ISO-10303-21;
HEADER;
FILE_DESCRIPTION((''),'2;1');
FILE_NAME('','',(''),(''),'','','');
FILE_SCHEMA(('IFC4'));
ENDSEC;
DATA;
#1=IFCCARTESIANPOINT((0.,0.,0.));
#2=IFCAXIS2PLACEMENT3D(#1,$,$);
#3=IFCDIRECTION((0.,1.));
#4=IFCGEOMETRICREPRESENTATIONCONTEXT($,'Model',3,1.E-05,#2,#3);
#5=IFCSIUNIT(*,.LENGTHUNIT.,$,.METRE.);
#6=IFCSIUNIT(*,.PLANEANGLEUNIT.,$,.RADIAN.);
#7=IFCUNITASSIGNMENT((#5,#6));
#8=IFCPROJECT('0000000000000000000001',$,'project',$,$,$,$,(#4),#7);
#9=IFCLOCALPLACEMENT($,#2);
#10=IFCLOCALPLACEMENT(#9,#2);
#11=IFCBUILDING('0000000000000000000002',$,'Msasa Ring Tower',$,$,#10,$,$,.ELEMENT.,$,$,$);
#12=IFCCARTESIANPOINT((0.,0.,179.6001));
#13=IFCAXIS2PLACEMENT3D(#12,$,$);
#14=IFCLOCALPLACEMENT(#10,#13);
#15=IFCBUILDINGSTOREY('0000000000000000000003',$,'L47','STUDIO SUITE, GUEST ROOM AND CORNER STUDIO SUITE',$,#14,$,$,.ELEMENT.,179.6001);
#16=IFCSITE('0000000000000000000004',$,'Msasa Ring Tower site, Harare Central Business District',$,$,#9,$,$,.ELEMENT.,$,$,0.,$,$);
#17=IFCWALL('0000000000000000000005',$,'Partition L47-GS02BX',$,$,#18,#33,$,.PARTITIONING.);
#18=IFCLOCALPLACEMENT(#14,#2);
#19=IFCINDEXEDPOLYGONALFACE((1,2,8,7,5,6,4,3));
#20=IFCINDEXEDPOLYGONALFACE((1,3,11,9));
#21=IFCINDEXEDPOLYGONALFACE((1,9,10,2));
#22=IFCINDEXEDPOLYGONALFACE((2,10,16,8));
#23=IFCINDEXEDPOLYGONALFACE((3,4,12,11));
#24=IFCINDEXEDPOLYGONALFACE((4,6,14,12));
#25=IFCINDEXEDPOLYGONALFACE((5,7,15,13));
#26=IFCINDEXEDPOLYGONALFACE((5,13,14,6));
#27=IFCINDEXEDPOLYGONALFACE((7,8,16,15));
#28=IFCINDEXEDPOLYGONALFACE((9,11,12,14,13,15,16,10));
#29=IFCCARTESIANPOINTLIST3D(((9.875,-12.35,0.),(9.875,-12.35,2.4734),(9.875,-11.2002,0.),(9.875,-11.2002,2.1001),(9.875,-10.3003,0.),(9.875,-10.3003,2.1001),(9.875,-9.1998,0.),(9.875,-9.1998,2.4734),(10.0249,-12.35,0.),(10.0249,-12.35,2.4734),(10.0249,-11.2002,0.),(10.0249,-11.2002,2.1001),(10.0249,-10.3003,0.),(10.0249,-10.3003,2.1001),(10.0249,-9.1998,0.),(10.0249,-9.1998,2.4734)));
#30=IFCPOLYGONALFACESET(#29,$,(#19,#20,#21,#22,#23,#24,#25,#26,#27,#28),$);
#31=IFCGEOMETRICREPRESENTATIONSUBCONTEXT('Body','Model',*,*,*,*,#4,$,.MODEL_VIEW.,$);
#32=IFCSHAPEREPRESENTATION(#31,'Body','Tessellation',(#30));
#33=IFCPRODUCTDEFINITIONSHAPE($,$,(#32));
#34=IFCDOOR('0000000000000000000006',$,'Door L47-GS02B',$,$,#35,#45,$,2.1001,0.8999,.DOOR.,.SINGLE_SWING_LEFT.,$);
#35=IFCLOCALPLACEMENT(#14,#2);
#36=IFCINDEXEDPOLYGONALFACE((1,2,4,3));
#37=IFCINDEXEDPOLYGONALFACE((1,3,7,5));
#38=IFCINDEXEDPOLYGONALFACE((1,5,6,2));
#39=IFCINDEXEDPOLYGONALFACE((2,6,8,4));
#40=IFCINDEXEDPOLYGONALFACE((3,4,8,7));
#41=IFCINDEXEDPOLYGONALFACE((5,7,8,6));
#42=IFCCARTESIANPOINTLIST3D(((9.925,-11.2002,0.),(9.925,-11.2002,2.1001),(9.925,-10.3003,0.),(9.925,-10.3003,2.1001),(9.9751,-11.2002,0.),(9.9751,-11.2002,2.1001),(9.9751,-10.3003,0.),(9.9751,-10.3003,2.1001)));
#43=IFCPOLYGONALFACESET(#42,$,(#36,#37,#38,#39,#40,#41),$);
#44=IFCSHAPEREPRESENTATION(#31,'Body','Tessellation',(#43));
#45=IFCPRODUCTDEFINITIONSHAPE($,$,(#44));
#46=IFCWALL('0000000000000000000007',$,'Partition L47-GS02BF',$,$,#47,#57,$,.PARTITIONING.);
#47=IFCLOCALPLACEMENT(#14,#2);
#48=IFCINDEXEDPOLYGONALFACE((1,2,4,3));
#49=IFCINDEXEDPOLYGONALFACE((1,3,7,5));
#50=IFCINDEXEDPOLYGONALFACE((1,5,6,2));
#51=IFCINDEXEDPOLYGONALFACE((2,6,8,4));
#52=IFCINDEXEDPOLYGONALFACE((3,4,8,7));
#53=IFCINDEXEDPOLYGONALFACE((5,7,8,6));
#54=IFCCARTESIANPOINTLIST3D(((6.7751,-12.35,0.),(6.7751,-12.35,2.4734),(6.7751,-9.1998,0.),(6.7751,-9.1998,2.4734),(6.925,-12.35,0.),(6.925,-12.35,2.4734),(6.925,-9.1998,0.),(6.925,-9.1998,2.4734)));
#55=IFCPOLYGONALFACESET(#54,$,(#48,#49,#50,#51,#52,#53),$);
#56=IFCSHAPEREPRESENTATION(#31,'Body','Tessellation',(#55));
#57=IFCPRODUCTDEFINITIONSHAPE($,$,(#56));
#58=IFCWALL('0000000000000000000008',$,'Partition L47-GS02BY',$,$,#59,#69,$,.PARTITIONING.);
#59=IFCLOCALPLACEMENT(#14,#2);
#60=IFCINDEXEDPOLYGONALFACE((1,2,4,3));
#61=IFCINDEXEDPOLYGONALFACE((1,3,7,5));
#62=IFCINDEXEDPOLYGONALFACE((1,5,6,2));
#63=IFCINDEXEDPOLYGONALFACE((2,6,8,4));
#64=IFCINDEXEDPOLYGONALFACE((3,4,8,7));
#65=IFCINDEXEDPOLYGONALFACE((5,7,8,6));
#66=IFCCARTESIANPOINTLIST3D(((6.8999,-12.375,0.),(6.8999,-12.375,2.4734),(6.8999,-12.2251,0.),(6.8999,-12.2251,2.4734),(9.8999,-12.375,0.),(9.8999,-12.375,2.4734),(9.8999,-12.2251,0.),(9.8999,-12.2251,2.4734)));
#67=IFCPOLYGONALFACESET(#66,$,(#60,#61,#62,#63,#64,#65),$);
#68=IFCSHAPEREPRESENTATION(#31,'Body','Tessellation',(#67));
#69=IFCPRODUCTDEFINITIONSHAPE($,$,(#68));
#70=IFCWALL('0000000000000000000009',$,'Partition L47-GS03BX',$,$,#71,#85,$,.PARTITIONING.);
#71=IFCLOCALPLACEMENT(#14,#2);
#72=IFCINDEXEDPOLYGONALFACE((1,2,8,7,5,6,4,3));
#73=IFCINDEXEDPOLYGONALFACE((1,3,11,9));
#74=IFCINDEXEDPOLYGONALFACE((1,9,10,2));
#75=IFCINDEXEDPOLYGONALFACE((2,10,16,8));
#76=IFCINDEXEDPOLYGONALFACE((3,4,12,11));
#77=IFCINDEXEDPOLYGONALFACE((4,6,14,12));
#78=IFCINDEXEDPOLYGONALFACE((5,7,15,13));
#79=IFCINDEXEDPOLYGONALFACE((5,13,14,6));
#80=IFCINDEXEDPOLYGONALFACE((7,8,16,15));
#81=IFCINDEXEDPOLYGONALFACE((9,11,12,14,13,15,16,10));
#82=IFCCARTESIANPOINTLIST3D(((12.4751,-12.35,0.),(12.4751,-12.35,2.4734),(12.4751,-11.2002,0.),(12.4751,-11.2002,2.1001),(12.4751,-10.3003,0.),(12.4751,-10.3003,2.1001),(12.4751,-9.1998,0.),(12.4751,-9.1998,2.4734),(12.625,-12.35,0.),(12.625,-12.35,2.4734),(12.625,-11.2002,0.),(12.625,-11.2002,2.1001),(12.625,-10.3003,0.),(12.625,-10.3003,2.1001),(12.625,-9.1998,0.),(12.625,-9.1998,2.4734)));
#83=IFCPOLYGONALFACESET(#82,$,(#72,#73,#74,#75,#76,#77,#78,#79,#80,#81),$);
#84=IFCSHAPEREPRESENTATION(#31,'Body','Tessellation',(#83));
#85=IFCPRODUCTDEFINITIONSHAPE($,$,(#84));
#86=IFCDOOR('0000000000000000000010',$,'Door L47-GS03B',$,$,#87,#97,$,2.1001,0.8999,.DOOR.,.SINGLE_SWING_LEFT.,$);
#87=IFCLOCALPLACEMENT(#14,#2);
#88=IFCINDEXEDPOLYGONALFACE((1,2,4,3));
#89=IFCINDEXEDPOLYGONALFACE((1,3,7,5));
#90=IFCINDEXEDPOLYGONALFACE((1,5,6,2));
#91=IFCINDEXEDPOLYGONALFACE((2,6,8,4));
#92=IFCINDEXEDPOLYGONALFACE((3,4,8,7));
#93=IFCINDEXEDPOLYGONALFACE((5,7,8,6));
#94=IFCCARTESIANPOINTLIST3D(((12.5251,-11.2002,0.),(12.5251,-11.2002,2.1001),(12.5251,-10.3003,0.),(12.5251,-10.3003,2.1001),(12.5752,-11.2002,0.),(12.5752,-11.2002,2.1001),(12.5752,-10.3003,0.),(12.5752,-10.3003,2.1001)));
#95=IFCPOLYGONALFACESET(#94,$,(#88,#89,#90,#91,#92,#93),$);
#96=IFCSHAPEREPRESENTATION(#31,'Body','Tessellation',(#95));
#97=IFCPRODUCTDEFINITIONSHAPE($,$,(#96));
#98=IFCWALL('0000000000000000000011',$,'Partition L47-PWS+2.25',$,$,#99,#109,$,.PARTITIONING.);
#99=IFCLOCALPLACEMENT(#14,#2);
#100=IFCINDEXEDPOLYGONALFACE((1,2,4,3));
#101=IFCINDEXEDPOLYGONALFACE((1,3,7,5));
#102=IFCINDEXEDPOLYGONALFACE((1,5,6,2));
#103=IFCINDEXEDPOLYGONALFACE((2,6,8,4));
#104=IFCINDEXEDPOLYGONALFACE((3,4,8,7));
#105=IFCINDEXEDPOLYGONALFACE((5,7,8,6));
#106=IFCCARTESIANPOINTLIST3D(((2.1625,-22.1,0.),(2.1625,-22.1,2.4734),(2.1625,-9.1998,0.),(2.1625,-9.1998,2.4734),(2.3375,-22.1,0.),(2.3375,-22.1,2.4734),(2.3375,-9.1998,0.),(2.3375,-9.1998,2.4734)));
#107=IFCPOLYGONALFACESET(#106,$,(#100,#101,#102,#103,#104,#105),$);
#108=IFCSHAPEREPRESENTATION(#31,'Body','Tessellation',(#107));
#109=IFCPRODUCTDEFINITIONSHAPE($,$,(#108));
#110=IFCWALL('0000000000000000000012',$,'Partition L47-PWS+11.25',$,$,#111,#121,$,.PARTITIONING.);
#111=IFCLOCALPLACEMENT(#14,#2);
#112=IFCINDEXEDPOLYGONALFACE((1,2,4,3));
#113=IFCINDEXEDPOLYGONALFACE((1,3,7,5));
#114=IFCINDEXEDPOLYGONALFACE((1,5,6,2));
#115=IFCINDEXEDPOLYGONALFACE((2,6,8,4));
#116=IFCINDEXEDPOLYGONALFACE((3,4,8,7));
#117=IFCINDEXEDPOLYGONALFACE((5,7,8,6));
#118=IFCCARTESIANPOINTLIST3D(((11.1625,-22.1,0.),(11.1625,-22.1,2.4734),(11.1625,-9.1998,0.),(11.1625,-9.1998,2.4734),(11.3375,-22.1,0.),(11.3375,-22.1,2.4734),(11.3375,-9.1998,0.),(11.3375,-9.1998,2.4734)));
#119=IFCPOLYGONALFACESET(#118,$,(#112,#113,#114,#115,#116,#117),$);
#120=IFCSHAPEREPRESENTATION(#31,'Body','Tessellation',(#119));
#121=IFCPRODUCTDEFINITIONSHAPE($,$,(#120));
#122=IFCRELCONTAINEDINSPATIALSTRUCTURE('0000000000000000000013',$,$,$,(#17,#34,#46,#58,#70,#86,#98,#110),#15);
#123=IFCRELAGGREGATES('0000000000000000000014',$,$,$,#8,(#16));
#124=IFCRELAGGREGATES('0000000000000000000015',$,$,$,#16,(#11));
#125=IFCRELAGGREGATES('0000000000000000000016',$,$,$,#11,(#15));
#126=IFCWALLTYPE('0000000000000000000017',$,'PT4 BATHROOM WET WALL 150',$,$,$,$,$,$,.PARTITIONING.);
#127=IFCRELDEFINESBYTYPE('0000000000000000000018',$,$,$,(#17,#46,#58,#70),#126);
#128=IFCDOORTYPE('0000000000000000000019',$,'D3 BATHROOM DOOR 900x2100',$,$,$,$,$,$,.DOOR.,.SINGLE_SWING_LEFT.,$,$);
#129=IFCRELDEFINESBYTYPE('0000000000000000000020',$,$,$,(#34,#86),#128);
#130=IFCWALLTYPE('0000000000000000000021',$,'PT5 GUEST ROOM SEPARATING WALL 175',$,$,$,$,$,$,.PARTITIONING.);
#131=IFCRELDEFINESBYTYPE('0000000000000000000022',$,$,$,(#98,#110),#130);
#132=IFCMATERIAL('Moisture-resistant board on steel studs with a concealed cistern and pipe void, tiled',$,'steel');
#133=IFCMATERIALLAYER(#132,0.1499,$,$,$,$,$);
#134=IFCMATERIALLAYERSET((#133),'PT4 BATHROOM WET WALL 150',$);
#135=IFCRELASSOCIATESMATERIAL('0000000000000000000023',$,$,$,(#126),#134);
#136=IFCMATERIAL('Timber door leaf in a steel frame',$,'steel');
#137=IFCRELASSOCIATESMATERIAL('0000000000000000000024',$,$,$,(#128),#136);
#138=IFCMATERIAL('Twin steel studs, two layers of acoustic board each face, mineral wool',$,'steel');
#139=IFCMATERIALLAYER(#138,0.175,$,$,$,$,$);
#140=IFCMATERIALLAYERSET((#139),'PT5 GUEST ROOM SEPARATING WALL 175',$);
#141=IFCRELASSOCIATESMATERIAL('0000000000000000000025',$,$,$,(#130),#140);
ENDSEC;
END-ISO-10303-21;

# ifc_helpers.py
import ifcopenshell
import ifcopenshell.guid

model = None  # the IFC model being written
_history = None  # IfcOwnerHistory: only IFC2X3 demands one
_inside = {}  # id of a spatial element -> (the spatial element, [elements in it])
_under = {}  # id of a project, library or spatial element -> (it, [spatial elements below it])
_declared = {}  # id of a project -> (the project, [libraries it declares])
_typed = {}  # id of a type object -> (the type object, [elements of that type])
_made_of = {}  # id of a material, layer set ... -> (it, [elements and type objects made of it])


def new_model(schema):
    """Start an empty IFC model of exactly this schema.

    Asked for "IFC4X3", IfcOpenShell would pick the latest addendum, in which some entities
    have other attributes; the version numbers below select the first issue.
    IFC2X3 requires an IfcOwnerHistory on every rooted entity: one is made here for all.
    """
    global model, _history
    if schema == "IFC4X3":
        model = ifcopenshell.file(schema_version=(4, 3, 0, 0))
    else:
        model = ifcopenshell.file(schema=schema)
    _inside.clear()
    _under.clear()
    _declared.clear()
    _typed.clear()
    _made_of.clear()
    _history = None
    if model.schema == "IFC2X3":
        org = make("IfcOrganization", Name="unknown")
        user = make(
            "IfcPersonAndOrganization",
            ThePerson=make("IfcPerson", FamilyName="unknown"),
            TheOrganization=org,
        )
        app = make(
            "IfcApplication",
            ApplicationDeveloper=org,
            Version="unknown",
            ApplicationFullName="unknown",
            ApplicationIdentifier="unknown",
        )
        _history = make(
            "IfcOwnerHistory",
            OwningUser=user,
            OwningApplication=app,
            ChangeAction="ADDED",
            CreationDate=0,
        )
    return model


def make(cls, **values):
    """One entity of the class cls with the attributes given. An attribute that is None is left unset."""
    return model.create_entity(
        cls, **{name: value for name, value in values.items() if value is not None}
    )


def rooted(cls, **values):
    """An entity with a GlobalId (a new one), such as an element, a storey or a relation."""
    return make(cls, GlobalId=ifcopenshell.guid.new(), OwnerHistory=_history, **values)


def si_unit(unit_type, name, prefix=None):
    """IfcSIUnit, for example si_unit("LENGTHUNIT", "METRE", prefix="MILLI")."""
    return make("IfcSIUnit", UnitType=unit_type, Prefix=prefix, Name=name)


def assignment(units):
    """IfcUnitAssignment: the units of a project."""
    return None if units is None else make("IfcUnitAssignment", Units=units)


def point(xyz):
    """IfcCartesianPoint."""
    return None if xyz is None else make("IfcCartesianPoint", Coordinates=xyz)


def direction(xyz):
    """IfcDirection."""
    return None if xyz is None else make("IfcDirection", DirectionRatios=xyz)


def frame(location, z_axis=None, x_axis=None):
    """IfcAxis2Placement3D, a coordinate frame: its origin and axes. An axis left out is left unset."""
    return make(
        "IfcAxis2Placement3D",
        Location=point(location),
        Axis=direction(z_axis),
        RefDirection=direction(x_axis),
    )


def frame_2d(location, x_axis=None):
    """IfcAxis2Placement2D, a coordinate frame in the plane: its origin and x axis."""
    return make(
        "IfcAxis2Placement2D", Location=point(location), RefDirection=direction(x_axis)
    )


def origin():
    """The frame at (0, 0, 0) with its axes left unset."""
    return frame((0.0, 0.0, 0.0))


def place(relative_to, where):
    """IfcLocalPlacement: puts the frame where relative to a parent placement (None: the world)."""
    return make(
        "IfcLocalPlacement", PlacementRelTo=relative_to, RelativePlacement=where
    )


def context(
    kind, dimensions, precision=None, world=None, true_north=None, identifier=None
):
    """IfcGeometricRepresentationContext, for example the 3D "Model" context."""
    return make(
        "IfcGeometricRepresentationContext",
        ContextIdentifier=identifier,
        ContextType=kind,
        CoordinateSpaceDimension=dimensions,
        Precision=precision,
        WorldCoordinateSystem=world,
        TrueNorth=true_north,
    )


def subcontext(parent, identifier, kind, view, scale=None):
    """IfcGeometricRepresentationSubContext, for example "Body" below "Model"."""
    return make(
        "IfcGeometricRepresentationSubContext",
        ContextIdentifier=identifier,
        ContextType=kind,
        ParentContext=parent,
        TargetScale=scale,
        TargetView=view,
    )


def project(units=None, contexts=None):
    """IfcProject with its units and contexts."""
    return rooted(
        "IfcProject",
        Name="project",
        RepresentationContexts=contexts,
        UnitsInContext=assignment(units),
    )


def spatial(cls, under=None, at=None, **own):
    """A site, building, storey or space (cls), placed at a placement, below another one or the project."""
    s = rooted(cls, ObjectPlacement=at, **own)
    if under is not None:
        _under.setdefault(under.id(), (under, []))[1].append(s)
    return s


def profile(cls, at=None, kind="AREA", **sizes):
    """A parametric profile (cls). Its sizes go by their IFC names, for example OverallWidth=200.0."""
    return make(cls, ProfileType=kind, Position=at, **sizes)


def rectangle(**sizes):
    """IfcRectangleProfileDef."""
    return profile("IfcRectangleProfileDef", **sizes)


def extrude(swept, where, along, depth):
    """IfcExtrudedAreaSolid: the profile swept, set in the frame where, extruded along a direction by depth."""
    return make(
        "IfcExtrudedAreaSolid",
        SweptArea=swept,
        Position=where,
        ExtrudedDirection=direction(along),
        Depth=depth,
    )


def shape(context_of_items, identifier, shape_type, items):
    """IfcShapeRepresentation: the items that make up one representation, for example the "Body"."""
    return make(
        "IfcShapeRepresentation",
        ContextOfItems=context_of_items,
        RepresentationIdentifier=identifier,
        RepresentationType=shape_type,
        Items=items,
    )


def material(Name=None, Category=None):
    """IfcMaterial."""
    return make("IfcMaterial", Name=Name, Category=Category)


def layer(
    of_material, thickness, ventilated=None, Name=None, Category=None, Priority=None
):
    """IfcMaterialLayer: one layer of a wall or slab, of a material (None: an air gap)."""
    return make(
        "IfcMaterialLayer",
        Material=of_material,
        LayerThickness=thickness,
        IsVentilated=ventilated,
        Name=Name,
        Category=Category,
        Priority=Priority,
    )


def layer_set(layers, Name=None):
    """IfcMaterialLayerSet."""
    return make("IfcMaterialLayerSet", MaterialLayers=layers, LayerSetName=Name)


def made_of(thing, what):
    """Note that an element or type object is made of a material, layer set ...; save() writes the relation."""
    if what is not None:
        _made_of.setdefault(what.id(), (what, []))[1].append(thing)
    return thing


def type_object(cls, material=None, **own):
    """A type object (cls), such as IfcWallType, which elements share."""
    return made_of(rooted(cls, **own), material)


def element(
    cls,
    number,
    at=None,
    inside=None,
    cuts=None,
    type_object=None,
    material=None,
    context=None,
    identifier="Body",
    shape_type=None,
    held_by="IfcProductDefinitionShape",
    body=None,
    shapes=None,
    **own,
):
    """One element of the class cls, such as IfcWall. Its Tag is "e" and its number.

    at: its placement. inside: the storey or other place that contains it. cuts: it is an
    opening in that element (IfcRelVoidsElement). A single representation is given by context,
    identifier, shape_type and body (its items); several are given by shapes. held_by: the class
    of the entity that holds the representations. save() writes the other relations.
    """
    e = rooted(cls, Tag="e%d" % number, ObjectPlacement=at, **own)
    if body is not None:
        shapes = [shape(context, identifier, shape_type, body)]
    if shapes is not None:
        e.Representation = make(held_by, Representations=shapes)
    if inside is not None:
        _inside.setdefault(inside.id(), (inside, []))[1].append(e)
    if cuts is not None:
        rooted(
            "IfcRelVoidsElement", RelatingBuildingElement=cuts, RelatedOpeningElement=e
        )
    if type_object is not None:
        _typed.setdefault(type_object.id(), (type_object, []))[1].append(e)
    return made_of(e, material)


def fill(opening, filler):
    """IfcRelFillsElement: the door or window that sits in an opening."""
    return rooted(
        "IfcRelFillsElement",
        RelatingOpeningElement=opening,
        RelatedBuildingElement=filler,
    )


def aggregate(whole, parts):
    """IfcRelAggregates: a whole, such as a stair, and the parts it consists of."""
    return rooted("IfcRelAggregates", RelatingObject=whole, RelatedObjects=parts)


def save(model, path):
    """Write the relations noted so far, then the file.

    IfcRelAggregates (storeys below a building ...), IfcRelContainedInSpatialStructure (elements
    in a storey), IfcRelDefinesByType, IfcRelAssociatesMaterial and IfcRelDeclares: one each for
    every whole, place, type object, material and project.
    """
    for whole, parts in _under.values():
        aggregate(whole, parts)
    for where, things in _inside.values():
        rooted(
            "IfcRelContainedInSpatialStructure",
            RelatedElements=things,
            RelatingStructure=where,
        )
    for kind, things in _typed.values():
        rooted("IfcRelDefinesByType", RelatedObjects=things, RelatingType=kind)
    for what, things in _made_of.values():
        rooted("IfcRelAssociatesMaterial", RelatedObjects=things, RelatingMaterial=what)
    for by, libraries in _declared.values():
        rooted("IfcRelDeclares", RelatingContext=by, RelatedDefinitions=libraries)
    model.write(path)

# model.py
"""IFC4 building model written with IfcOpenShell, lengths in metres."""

from ifc_helpers import new_model, si_unit, direction, frame, frame_2d, origin, place, context, subcontext, project, spatial, rectangle, extrude, material, layer, layer_set, type_object, element, fill, save


model = new_model("IFC4")

# Units and contexts
model_context = context("Model", 3, precision=1e-05, world=origin(), true_north=direction((0.0, 1.0)))
body_context = subcontext(model_context, "Body", "Model", "MODEL_VIEW")
ifc_project = project(units=[si_unit("LENGTHUNIT", "METRE"), si_unit("PLANEANGLEUNIT", "RADIAN")], contexts=[model_context])

# Site, building, storey
site_placement = place(None, origin())
site = spatial("IfcSite", under=ifc_project, at=site_placement, Name="Msasa Ring Tower site, Harare Central Business District", CompositionType="ELEMENT", RefElevation=0.0)
building_placement = place(site_placement, origin())
building = spatial("IfcBuilding", under=site, at=building_placement, Name="Msasa Ring Tower", CompositionType="ELEMENT")
storey_placement = place(building_placement, frame((0.0, 0.0, 179.6001)))
storey = spatial("IfcBuildingStorey", under=building, at=storey_placement, Name="L47", Description="STUDIO SUITE, GUEST ROOM AND CORNER STUDIO SUITE", CompositionType="ELEMENT", Elevation=179.6001)

# Wall, opening, door
ifc_material_1 = material(Name="Moisture-resistant board on steel studs with a concealed cistern and pipe void, tiled", Category="steel")
ifc_layer_1 = layer(ifc_material_1, 0.1499)
ifc_layer_set_1 = layer_set([ifc_layer_1], Name="PT4 BATHROOM WET WALL 150")
wall_type_1 = type_object("IfcWallType", Name="PT4 BATHROOM WET WALL 150", PredefinedType="PARTITIONING", material=ifc_layer_set_1)
wall_1_placement = place(storey_placement, frame((9.95, -12.3501, 0.0), z_axis=(0.0, 0.0, 1.0), x_axis=(0.0, 1.0, 0.0)))
wall_1 = element("IfcWall", 1, at=wall_1_placement, inside=storey, type_object=wall_type_1, Name="Partition L47-GS02BX", PredefinedType="PARTITIONING", context=body_context, shape_type="SweptSolid", body=[
    extrude(rectangle(XDim=3.1501, YDim=0.1499, at=frame_2d((1.5752, 0.0))), origin(), (0.0, 0.0, 1.0), 2.4734),
])
opening_1_placement = place(wall_1_placement, frame((1.1499, 0.0, 0.0)))
opening_1 = element("IfcOpeningElement", 2, at=opening_1_placement, cuts=wall_1, PredefinedType="OPENING", context=body_context, shape_type="SweptSolid", body=[
    extrude(rectangle(XDim=0.8999, YDim=2.1001, at=frame_2d((0.45, 1.05))), frame((0.0, 0.085, 0.0), z_axis=(0.0, -1.0, 0.0), x_axis=(1.0, 0.0, 0.0)), (0.0, 0.0, 1.0), 0.1699),
])
ifc_material_2 = material(Name="Timber door leaf in a steel frame", Category="steel")
door_type = type_object("IfcDoorType", Name="D3 BATHROOM DOOR 900x2100", OperationType="SINGLE_SWING_LEFT", PredefinedType="DOOR", material=ifc_material_2)
door_1_placement = place(opening_1_placement, origin())
door_1 = element("IfcDoor", 3, at=door_1_placement, inside=storey, type_object=door_type, Name="Door L47-GS02B", OperationType="SINGLE_SWING_LEFT", OverallHeight=2.1001, OverallWidth=0.8999, PredefinedType="DOOR", context=body_context, shape_type="SweptSolid", body=[
    extrude(rectangle(XDim=0.8999, YDim=2.1001, at=frame_2d((0.45, 1.05))), frame((0.0, 0.0249, 0.0), z_axis=(0.0, -1.0, 0.0), x_axis=(1.0, 0.0, 0.0)), (0.0, 0.0, 1.0), 0.05),
])
fill(opening_1, door_1)

# Walls
wall_2_placement = place(storey_placement, frame((6.8501, -12.3501, 0.0), z_axis=(0.0, 0.0, 1.0), x_axis=(0.0, 1.0, 0.0)))
element("IfcWall", 4, at=wall_2_placement, inside=storey, type_object=wall_type_1, Name="Partition L47-GS02BF", PredefinedType="PARTITIONING", context=body_context, shape_type="SweptSolid", body=[
    extrude(rectangle(XDim=3.1501, YDim=0.1499, at=frame_2d((1.5752, 0.0))), origin(), (0.0, 0.0, 1.0), 2.4734),
])
wall_3_placement = place(storey_placement, frame((6.8999, -12.3, 0.0), z_axis=(0.0, 0.0, 1.0), x_axis=(1.0, 0.0, 0.0)))
element("IfcWall", 5, at=wall_3_placement, inside=storey, type_object=wall_type_1, Name="Partition L47-GS02BY", PredefinedType="PARTITIONING", context=body_context, shape_type="SweptSolid", body=[
    extrude(rectangle(XDim=3.0, YDim=0.1499, at=frame_2d((1.5, 0.0))), origin(), (0.0, 0.0, 1.0), 2.4734),
])

# Wall, opening, door
wall_4_placement = place(storey_placement, frame((12.55, -12.3501, 0.0), z_axis=(0.0, 0.0, 1.0), x_axis=(0.0, 1.0, 0.0)))
wall_4 = element("IfcWall", 6, at=wall_4_placement, inside=storey, type_object=wall_type_1, Name="Partition L47-GS03BX", PredefinedType="PARTITIONING", context=body_context, shape_type="SweptSolid", body=[
    extrude(rectangle(XDim=3.1501, YDim=0.1499, at=frame_2d((1.5752, 0.0))), origin(), (0.0, 0.0, 1.0), 2.4734),
])
opening_2_placement = place(wall_4_placement, frame((1.1499, 0.0, 0.0)))
opening_2 = element("IfcOpeningElement", 7, at=opening_2_placement, cuts=wall_4, PredefinedType="OPENING", context=body_context, shape_type="SweptSolid", body=[
    extrude(rectangle(XDim=0.8999, YDim=2.1001, at=frame_2d((0.45, 1.05))), frame((0.0, 0.085, 0.0), z_axis=(0.0, -1.0, 0.0), x_axis=(1.0, 0.0, 0.0)), (0.0, 0.0, 1.0), 0.1699),
])
door_2_placement = place(opening_2_placement, origin())
door_2 = element("IfcDoor", 8, at=door_2_placement, inside=storey, type_object=door_type, Name="Door L47-GS03B", OperationType="SINGLE_SWING_LEFT", OverallHeight=2.1001, OverallWidth=0.8999, PredefinedType="DOOR", context=body_context, shape_type="SweptSolid", body=[
    extrude(rectangle(XDim=0.8999, YDim=2.1001, at=frame_2d((0.45, 1.05))), frame((0.0, 0.0249, 0.0), z_axis=(0.0, -1.0, 0.0), x_axis=(1.0, 0.0, 0.0)), (0.0, 0.0, 1.0), 0.05),
])
fill(opening_2, door_2)

# Walls
ifc_material_3 = material(Name="Twin steel studs, two layers of acoustic board each face, mineral wool", Category="steel")
ifc_layer_2 = layer(ifc_material_3, 0.175)
ifc_layer_set_2 = layer_set([ifc_layer_2], Name="PT5 GUEST ROOM SEPARATING WALL 175")
wall_type_2 = type_object("IfcWallType", Name="PT5 GUEST ROOM SEPARATING WALL 175", PredefinedType="PARTITIONING", material=ifc_layer_set_2)
for number, where, z_axis, x_axis, name in (
    (9, (2.25, -22.1001, 0.0), (0.0, 0.0, 1.0), (0.0, 1.0, 0.0), "Partition L47-PWS+2.25"),
    (10, (11.25, -22.1001, 0.0), (0.0, 0.0, 1.0), (0.0, 1.0, 0.0), "Partition L47-PWS+11.25"),
):
    element("IfcWall", number, at=place(storey_placement, frame(where, z_axis=z_axis, x_axis=x_axis)), inside=storey, type_object=wall_type_2, Name=name, PredefinedType="PARTITIONING", context=body_context, shape_type="SweptSolid", body=[
        extrude(rectangle(XDim=12.9001, YDim=0.175, at=frame_2d((6.4502, 0.0))), origin(), (0.0, 0.0, 1.0), 2.4734),
    ])

save(model, "model.ifc")
